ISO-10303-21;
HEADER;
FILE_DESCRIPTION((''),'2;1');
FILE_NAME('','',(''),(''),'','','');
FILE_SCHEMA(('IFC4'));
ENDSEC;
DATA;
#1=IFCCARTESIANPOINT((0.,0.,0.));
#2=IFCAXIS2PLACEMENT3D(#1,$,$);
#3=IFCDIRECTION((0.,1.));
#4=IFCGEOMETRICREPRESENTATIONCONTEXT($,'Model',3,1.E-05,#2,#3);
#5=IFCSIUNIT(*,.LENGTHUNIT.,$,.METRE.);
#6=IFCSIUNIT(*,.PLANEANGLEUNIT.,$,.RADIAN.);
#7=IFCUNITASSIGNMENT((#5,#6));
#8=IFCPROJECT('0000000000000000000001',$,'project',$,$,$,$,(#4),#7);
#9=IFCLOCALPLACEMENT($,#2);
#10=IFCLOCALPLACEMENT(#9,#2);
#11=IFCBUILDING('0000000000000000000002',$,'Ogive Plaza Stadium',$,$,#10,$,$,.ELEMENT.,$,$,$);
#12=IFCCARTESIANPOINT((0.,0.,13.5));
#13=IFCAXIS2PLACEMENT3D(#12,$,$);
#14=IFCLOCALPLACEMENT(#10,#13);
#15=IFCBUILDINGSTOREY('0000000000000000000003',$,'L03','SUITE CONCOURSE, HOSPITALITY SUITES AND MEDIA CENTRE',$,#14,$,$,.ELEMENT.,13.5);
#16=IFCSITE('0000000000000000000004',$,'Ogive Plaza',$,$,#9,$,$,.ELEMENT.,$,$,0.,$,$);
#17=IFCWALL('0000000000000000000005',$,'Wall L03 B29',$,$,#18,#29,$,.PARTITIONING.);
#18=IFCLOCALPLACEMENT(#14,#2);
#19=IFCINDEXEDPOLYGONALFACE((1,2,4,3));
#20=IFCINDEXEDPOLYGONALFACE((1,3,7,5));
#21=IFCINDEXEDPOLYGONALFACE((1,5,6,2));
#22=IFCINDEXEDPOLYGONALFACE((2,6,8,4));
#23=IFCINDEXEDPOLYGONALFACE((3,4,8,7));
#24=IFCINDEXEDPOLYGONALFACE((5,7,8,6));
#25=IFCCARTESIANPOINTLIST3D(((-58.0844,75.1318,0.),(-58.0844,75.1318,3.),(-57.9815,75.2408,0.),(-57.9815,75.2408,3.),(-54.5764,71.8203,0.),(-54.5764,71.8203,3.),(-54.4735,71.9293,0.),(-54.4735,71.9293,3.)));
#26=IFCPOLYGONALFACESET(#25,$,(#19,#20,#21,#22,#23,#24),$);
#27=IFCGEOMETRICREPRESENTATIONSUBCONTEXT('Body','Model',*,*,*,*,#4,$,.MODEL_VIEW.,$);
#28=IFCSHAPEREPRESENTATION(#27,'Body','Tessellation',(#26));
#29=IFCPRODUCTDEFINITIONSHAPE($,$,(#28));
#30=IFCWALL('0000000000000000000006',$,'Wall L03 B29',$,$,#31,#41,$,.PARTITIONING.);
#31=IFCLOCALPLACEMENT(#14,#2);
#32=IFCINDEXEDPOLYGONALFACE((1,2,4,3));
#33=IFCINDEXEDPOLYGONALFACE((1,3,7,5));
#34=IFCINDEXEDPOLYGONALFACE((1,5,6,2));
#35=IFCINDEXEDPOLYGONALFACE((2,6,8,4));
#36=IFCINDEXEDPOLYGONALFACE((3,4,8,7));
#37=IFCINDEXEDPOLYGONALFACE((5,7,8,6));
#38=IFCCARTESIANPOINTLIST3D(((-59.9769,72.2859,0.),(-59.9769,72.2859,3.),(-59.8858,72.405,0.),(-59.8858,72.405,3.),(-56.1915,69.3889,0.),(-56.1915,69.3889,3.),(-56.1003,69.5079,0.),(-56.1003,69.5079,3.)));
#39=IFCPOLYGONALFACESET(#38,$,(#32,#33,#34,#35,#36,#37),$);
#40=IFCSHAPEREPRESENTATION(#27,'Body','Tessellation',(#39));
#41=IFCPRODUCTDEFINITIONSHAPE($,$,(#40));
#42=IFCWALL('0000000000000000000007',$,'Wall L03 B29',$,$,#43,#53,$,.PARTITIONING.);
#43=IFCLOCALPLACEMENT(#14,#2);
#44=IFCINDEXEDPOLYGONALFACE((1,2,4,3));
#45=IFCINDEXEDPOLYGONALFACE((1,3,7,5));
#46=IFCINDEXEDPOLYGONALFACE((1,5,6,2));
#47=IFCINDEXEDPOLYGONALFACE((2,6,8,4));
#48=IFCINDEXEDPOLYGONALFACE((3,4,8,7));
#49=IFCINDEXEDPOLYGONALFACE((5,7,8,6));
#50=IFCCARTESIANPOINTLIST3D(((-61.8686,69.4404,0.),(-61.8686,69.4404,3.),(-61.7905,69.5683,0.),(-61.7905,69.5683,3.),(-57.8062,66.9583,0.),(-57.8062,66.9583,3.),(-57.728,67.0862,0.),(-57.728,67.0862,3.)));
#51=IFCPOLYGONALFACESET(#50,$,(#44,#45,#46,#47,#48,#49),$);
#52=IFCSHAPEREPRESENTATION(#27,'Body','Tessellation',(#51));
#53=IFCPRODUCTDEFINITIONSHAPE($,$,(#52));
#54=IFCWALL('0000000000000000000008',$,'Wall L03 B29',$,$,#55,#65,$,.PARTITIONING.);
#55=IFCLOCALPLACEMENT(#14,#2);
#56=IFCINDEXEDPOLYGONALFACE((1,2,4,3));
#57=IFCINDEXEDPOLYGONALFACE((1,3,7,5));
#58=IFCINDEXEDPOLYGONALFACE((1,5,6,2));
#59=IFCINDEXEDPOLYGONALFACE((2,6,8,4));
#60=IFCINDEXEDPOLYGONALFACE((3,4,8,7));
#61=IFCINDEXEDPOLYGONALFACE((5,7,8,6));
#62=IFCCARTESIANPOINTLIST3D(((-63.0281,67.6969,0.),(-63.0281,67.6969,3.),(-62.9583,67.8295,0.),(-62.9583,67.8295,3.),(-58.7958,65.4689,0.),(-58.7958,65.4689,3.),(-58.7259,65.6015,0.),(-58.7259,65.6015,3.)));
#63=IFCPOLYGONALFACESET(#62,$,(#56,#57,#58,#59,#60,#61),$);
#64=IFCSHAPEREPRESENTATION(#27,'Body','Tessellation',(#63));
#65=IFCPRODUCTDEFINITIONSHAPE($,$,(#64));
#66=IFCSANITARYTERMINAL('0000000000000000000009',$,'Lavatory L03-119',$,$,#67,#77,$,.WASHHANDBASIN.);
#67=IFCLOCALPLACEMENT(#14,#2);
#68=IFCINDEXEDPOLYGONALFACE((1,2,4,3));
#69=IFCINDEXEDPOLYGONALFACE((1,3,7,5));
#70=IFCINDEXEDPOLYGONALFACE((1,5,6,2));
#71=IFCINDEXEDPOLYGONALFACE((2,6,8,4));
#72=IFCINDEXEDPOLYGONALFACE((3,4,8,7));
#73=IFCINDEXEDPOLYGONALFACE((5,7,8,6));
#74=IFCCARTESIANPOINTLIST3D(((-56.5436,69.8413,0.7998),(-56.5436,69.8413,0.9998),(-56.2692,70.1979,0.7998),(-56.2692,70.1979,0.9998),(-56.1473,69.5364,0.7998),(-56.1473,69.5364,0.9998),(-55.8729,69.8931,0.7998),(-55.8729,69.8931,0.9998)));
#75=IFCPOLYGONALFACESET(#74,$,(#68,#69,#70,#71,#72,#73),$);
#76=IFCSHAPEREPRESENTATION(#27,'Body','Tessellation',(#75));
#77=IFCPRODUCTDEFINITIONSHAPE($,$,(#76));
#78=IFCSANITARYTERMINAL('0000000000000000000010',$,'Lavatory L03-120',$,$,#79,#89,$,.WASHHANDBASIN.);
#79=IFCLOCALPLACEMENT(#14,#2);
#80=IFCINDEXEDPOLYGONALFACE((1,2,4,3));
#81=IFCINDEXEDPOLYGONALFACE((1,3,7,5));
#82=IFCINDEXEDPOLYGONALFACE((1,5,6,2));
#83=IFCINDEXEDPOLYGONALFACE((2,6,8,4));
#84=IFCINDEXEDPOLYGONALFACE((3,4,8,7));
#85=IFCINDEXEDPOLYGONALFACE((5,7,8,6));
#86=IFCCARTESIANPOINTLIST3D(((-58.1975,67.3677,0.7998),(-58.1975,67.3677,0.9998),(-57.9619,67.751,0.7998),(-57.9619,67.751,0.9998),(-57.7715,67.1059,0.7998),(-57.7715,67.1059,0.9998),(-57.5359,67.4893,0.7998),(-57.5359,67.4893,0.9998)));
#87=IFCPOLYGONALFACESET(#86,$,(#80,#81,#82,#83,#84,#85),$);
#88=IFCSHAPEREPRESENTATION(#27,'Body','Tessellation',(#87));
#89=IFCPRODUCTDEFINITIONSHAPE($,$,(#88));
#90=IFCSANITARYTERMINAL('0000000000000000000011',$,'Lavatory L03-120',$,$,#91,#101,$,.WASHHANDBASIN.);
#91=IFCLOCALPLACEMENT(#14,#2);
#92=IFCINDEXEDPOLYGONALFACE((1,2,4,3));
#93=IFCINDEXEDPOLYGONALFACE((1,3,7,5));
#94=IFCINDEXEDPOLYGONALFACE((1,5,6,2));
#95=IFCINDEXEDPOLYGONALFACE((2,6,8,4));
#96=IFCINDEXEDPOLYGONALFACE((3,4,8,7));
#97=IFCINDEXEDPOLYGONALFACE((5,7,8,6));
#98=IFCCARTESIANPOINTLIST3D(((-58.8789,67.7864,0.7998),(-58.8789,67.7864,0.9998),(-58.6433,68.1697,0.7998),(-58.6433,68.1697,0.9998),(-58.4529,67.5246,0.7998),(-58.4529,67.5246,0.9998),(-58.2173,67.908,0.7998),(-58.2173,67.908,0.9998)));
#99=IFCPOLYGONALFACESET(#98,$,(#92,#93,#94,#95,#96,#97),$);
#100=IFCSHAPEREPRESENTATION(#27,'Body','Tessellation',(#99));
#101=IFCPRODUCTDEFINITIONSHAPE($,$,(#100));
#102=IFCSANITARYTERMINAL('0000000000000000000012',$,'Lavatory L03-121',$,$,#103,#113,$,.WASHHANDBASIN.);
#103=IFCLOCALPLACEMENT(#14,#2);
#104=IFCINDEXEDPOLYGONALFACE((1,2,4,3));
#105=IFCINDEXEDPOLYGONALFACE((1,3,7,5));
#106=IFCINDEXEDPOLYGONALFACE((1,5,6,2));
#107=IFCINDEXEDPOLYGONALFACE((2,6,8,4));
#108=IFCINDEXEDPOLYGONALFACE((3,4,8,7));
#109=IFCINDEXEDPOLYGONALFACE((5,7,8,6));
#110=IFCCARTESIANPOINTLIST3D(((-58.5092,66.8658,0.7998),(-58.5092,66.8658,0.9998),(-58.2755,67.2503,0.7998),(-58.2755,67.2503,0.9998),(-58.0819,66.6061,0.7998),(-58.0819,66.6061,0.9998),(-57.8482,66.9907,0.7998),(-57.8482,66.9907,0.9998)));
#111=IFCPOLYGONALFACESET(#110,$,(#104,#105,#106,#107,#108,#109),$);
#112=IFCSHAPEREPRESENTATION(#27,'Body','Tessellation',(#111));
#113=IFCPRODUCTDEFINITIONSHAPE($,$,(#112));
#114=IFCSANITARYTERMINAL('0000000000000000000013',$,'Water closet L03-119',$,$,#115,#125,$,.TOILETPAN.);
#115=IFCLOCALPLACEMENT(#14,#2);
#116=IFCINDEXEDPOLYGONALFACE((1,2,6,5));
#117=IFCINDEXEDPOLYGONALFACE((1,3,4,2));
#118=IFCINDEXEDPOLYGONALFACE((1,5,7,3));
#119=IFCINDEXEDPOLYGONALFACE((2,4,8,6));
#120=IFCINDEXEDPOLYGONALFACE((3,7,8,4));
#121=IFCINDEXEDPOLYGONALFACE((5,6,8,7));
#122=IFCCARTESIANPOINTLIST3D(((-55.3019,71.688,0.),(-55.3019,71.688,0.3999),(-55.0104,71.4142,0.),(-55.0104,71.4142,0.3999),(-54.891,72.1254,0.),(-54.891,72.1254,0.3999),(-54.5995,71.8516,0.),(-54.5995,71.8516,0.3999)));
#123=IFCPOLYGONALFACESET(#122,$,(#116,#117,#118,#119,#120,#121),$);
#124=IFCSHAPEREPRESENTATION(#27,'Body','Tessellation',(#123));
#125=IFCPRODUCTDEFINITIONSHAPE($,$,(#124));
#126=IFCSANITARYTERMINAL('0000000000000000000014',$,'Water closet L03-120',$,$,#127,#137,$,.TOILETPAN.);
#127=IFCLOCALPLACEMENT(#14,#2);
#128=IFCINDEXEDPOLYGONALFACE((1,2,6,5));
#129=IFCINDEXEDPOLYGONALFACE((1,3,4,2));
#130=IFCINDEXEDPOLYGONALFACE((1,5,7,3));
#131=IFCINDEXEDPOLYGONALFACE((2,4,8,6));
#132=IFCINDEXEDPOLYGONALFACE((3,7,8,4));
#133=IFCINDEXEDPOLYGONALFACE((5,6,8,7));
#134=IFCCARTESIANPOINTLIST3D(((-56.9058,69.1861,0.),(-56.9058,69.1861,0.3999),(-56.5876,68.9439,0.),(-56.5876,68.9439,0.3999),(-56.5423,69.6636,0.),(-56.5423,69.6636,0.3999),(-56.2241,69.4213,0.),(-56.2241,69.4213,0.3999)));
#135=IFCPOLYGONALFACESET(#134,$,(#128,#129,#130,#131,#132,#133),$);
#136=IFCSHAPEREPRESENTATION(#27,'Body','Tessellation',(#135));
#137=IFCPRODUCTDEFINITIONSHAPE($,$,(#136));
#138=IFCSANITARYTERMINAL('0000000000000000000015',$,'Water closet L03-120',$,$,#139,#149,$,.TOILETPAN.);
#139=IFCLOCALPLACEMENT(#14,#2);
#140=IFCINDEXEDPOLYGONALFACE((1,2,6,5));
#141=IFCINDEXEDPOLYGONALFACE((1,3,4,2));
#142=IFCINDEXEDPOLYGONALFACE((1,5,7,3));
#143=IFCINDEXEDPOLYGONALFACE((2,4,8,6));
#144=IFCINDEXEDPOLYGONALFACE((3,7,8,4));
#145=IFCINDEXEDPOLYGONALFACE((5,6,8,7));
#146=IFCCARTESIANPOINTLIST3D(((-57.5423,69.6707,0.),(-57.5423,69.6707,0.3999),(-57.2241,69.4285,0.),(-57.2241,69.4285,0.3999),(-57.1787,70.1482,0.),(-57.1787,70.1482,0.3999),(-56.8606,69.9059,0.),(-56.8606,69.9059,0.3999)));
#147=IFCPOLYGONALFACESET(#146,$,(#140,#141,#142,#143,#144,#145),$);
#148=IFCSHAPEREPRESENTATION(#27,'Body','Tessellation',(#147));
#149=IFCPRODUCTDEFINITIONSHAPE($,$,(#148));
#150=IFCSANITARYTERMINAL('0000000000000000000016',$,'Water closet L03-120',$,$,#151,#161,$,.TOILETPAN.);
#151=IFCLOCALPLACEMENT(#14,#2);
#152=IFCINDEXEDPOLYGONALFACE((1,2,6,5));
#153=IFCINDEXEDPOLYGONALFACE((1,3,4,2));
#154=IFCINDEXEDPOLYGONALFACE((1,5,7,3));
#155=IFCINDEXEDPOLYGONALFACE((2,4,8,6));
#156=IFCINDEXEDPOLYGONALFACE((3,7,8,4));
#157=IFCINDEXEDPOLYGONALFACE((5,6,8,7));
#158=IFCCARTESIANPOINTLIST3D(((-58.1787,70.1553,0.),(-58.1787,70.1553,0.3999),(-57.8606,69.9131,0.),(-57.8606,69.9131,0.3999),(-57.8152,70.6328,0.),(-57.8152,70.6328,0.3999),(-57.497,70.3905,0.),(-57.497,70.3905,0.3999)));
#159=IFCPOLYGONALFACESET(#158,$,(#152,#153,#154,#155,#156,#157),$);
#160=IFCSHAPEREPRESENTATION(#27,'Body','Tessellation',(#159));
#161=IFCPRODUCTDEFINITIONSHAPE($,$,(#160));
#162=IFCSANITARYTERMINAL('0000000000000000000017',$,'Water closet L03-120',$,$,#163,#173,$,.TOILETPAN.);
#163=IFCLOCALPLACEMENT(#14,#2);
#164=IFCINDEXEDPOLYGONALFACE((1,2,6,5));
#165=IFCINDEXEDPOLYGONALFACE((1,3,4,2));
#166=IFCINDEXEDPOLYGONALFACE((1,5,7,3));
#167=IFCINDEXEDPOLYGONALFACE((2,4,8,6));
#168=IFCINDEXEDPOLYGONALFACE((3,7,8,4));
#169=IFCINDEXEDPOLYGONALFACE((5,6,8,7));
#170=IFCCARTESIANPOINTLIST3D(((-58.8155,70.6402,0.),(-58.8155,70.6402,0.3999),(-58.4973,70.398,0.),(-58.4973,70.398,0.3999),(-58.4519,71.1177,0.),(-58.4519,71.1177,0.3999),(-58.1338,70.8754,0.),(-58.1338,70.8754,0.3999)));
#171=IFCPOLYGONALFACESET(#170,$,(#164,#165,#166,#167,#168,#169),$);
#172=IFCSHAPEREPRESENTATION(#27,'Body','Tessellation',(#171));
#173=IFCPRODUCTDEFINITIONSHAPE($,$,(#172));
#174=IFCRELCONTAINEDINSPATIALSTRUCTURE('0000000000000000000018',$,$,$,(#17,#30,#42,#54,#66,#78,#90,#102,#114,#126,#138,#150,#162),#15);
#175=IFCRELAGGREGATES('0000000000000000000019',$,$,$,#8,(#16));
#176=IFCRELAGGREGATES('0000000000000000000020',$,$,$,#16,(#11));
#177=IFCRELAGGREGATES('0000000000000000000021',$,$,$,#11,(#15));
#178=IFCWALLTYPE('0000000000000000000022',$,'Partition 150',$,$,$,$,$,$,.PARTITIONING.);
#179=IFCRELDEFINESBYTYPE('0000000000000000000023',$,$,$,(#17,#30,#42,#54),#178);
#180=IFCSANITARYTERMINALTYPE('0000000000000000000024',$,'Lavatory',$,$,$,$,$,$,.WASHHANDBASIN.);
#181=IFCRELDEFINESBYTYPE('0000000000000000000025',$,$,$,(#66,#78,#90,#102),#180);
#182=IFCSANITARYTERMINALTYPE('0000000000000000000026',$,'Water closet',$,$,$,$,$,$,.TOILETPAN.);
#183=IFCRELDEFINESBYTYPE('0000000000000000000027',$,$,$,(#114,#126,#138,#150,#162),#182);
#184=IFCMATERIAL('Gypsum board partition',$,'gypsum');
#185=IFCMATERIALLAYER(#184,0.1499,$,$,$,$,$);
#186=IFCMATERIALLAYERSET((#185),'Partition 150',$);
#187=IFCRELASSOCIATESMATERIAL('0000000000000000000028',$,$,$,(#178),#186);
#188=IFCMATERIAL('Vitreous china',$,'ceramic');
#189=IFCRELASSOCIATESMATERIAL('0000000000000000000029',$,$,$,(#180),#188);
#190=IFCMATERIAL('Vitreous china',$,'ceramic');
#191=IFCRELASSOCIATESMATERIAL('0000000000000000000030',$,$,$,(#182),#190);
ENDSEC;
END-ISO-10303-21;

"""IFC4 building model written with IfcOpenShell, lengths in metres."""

from ifc_helpers import new_model, si_unit, direction, frame, frame_2d, origin, origin_2d, place, context, subcontext, project, spatial, rectangle, extrude, material, layer, layer_set, type_object, element, save


model = new_model("IFC4")

# Units and contexts
model_context = context("Model", 3, precision=1e-05, world=origin(), true_north=direction((0.0, 1.0)))
body_context = subcontext(model_context, "Body", "Model", "MODEL_VIEW")
ifc_project = project(units=[si_unit("LENGTHUNIT", "METRE"), si_unit("PLANEANGLEUNIT", "RADIAN")], contexts=[model_context])

# Site, building, storey
site_placement = place(None, origin())
site = spatial("IfcSite", under=ifc_project, at=site_placement, Name="Ogive Plaza", CompositionType="ELEMENT", RefElevation=0.0)
building_placement = place(site_placement, origin())
building = spatial("IfcBuilding", under=site, at=building_placement, Name="Ogive Plaza Stadium", CompositionType="ELEMENT")
storey_placement = place(building_placement, frame((0.0, 0.0, 13.5)))
storey = spatial("IfcBuildingStorey", under=building, at=storey_placement, Name="L03", Description="SUITE CONCOURSE, HOSPITALITY SUITES AND MEDIA CENTRE", CompositionType="ELEMENT", Elevation=13.5)

# Walls
ifc_material_1 = material(Name="Gypsum board partition", Category="gypsum")
ifc_layer_1 = layer(ifc_material_1, 0.1499)
ifc_layer_set_1 = layer_set([ifc_layer_1], Name="Partition 150")
wall_type = type_object("IfcWallType", Name="Partition 150", PredefinedType="PARTITIONING", material=ifc_layer_set_1)
wall_1_placement = place(storey_placement, frame((-54.5249, 71.8748, 0.0), z_axis=(0.0, 0.0, 1.0), x_axis=(-0.727183, 0.686444, 0.0)))
element("IfcWall", 1, at=wall_1_placement, inside=storey, type_object=wall_type, Name="Wall L03 B29", PredefinedType="PARTITIONING", context=body_context, shape_type="SweptSolid", body=[
    extrude(rectangle(XDim=4.8242, YDim=0.1499, at=frame_2d((2.4121, 0.0))), origin(), (0.0, 0.0, 1.0), 3.0),
])
wall_2_placement = place(storey_placement, frame((-56.146, 69.4485, 0.0), z_axis=(0.0, 0.0, 1.0), x_axis=(-0.79413, 0.607749, 0.0)))
element("IfcWall", 2, at=wall_2_placement, inside=storey, type_object=wall_type, Name="Wall L03 B29", PredefinedType="PARTITIONING", context=body_context, shape_type="SweptSolid", body=[
    extrude(rectangle(XDim=4.7668, YDim=0.1499, at=frame_2d((2.3833, 0.0))), origin(), (0.0, 0.0, 1.0), 3.0),
])
wall_3_placement = place(storey_placement, frame((-57.7671, 67.0222, 0.0), z_axis=(0.0, 0.0, 1.0), x_axis=(-0.853325, 0.521379, 0.0)))
element("IfcWall", 3, at=wall_3_placement, inside=storey, type_object=wall_type, Name="Wall L03 B29", PredefinedType="PARTITIONING", context=body_context, shape_type="SweptSolid", body=[
    extrude(rectangle(XDim=4.7607, YDim=0.1499, at=frame_2d((2.3804, 0.0))), origin(), (0.0, 0.0, 1.0), 3.0),
])
wall_4_placement = place(storey_placement, frame((-58.7607, 65.5352, 0.0), z_axis=(0.0, 0.0, 1.0), x_axis=(-0.884881, 0.465818, 0.0)))
element("IfcWall", 4, at=wall_4_placement, inside=storey, type_object=wall_type, Name="Wall L03 B29", PredefinedType="PARTITIONING", context=body_context, shape_type="SweptSolid", body=[
    extrude(rectangle(XDim=4.783, YDim=0.1499, at=frame_2d((2.3916, 0.0))), origin(), (0.0, 0.0, 1.0), 3.0),
])

# Sanitary terminals
ifc_material_2 = material(Name="Vitreous china", Category="ceramic")
sanitary_terminal_type_1 = type_object("IfcSanitaryTerminalType", Name="Lavatory", PredefinedType="WASHHANDBASIN", material=ifc_material_2)
for number, where, z_axis, x_axis, name in (
    (5, (-56.2083, 69.8672, 0.7998), (0.0, 0.0, 1.0), (-0.792623, 0.609712, 0.0), "Lavatory L03-119"),
    (6, (-57.8667, 67.4285, 0.7998), (0.0, 0.0, 1.0), (-0.852021, 0.523507, 0.0), "Lavatory L03-120"),
    (7, (-58.5481, 67.8472, 0.7998), (0.0, 0.0, 1.0), (-0.852021, 0.523507, 0.0), "Lavatory L03-120"),
    (8, (-58.1787, 66.9282, 0.7998), (0.0, 0.0, 1.0), (-0.854607, 0.519276, 0.0), "Lavatory L03-121"),
):
    element("IfcSanitaryTerminal", number, at=place(storey_placement, frame(where, z_axis=z_axis, x_axis=x_axis)), inside=storey, type_object=sanitary_terminal_type_1, Name=name, PredefinedType="WASHHANDBASIN", context=body_context, shape_type="SweptSolid", body=[
        extrude(rectangle(XDim=0.5, YDim=0.45, at=origin_2d()), origin(), (0.0, 0.0, 1.0), 0.2),
    ])
ifc_material_3 = material(Name="Vitreous china", Category="ceramic")
sanitary_terminal_type_2 = type_object("IfcSanitaryTerminalType", Name="Water closet", PredefinedType="TOILETPAN", material=ifc_material_3)
for number, where, z_axis, x_axis, name in (
    (9, (-54.9507, 71.7698, 0.0), (0.0, 0.0, 1.0), (-0.728842, 0.684682, 0.0), "Water closet L03-119"),
    (10, (-56.5649, 69.3037, 0.0), (0.0, 0.0, 1.0), (-0.795628, 0.605786, 0.0), "Water closet L03-120"),
    (11, (-57.2014, 69.7883, 0.0), (0.0, 0.0, 1.0), (-0.795628, 0.605786, 0.0), "Water closet L03-120"),
    (12, (-57.8379, 70.2729, 0.0), (0.0, 0.0, 1.0), (-0.795628, 0.605786, 0.0), "Water closet L03-120"),
    (13, (-58.4746, 70.7578, 0.0), (0.0, 0.0, 1.0), (-0.795628, 0.605786, 0.0), "Water closet L03-120"),
):
    element("IfcSanitaryTerminal", number, at=place(storey_placement, frame(where, z_axis=z_axis, x_axis=x_axis)), inside=storey, type_object=sanitary_terminal_type_2, Name=name, PredefinedType="TOILETPAN", context=body_context, shape_type="SweptSolid", body=[
        extrude(rectangle(XDim=0.3999, YDim=0.6001, at=origin_2d()), origin(), (0.0, 0.0, 1.0), 0.3999),
    ])

save(model, "model.ifc")
